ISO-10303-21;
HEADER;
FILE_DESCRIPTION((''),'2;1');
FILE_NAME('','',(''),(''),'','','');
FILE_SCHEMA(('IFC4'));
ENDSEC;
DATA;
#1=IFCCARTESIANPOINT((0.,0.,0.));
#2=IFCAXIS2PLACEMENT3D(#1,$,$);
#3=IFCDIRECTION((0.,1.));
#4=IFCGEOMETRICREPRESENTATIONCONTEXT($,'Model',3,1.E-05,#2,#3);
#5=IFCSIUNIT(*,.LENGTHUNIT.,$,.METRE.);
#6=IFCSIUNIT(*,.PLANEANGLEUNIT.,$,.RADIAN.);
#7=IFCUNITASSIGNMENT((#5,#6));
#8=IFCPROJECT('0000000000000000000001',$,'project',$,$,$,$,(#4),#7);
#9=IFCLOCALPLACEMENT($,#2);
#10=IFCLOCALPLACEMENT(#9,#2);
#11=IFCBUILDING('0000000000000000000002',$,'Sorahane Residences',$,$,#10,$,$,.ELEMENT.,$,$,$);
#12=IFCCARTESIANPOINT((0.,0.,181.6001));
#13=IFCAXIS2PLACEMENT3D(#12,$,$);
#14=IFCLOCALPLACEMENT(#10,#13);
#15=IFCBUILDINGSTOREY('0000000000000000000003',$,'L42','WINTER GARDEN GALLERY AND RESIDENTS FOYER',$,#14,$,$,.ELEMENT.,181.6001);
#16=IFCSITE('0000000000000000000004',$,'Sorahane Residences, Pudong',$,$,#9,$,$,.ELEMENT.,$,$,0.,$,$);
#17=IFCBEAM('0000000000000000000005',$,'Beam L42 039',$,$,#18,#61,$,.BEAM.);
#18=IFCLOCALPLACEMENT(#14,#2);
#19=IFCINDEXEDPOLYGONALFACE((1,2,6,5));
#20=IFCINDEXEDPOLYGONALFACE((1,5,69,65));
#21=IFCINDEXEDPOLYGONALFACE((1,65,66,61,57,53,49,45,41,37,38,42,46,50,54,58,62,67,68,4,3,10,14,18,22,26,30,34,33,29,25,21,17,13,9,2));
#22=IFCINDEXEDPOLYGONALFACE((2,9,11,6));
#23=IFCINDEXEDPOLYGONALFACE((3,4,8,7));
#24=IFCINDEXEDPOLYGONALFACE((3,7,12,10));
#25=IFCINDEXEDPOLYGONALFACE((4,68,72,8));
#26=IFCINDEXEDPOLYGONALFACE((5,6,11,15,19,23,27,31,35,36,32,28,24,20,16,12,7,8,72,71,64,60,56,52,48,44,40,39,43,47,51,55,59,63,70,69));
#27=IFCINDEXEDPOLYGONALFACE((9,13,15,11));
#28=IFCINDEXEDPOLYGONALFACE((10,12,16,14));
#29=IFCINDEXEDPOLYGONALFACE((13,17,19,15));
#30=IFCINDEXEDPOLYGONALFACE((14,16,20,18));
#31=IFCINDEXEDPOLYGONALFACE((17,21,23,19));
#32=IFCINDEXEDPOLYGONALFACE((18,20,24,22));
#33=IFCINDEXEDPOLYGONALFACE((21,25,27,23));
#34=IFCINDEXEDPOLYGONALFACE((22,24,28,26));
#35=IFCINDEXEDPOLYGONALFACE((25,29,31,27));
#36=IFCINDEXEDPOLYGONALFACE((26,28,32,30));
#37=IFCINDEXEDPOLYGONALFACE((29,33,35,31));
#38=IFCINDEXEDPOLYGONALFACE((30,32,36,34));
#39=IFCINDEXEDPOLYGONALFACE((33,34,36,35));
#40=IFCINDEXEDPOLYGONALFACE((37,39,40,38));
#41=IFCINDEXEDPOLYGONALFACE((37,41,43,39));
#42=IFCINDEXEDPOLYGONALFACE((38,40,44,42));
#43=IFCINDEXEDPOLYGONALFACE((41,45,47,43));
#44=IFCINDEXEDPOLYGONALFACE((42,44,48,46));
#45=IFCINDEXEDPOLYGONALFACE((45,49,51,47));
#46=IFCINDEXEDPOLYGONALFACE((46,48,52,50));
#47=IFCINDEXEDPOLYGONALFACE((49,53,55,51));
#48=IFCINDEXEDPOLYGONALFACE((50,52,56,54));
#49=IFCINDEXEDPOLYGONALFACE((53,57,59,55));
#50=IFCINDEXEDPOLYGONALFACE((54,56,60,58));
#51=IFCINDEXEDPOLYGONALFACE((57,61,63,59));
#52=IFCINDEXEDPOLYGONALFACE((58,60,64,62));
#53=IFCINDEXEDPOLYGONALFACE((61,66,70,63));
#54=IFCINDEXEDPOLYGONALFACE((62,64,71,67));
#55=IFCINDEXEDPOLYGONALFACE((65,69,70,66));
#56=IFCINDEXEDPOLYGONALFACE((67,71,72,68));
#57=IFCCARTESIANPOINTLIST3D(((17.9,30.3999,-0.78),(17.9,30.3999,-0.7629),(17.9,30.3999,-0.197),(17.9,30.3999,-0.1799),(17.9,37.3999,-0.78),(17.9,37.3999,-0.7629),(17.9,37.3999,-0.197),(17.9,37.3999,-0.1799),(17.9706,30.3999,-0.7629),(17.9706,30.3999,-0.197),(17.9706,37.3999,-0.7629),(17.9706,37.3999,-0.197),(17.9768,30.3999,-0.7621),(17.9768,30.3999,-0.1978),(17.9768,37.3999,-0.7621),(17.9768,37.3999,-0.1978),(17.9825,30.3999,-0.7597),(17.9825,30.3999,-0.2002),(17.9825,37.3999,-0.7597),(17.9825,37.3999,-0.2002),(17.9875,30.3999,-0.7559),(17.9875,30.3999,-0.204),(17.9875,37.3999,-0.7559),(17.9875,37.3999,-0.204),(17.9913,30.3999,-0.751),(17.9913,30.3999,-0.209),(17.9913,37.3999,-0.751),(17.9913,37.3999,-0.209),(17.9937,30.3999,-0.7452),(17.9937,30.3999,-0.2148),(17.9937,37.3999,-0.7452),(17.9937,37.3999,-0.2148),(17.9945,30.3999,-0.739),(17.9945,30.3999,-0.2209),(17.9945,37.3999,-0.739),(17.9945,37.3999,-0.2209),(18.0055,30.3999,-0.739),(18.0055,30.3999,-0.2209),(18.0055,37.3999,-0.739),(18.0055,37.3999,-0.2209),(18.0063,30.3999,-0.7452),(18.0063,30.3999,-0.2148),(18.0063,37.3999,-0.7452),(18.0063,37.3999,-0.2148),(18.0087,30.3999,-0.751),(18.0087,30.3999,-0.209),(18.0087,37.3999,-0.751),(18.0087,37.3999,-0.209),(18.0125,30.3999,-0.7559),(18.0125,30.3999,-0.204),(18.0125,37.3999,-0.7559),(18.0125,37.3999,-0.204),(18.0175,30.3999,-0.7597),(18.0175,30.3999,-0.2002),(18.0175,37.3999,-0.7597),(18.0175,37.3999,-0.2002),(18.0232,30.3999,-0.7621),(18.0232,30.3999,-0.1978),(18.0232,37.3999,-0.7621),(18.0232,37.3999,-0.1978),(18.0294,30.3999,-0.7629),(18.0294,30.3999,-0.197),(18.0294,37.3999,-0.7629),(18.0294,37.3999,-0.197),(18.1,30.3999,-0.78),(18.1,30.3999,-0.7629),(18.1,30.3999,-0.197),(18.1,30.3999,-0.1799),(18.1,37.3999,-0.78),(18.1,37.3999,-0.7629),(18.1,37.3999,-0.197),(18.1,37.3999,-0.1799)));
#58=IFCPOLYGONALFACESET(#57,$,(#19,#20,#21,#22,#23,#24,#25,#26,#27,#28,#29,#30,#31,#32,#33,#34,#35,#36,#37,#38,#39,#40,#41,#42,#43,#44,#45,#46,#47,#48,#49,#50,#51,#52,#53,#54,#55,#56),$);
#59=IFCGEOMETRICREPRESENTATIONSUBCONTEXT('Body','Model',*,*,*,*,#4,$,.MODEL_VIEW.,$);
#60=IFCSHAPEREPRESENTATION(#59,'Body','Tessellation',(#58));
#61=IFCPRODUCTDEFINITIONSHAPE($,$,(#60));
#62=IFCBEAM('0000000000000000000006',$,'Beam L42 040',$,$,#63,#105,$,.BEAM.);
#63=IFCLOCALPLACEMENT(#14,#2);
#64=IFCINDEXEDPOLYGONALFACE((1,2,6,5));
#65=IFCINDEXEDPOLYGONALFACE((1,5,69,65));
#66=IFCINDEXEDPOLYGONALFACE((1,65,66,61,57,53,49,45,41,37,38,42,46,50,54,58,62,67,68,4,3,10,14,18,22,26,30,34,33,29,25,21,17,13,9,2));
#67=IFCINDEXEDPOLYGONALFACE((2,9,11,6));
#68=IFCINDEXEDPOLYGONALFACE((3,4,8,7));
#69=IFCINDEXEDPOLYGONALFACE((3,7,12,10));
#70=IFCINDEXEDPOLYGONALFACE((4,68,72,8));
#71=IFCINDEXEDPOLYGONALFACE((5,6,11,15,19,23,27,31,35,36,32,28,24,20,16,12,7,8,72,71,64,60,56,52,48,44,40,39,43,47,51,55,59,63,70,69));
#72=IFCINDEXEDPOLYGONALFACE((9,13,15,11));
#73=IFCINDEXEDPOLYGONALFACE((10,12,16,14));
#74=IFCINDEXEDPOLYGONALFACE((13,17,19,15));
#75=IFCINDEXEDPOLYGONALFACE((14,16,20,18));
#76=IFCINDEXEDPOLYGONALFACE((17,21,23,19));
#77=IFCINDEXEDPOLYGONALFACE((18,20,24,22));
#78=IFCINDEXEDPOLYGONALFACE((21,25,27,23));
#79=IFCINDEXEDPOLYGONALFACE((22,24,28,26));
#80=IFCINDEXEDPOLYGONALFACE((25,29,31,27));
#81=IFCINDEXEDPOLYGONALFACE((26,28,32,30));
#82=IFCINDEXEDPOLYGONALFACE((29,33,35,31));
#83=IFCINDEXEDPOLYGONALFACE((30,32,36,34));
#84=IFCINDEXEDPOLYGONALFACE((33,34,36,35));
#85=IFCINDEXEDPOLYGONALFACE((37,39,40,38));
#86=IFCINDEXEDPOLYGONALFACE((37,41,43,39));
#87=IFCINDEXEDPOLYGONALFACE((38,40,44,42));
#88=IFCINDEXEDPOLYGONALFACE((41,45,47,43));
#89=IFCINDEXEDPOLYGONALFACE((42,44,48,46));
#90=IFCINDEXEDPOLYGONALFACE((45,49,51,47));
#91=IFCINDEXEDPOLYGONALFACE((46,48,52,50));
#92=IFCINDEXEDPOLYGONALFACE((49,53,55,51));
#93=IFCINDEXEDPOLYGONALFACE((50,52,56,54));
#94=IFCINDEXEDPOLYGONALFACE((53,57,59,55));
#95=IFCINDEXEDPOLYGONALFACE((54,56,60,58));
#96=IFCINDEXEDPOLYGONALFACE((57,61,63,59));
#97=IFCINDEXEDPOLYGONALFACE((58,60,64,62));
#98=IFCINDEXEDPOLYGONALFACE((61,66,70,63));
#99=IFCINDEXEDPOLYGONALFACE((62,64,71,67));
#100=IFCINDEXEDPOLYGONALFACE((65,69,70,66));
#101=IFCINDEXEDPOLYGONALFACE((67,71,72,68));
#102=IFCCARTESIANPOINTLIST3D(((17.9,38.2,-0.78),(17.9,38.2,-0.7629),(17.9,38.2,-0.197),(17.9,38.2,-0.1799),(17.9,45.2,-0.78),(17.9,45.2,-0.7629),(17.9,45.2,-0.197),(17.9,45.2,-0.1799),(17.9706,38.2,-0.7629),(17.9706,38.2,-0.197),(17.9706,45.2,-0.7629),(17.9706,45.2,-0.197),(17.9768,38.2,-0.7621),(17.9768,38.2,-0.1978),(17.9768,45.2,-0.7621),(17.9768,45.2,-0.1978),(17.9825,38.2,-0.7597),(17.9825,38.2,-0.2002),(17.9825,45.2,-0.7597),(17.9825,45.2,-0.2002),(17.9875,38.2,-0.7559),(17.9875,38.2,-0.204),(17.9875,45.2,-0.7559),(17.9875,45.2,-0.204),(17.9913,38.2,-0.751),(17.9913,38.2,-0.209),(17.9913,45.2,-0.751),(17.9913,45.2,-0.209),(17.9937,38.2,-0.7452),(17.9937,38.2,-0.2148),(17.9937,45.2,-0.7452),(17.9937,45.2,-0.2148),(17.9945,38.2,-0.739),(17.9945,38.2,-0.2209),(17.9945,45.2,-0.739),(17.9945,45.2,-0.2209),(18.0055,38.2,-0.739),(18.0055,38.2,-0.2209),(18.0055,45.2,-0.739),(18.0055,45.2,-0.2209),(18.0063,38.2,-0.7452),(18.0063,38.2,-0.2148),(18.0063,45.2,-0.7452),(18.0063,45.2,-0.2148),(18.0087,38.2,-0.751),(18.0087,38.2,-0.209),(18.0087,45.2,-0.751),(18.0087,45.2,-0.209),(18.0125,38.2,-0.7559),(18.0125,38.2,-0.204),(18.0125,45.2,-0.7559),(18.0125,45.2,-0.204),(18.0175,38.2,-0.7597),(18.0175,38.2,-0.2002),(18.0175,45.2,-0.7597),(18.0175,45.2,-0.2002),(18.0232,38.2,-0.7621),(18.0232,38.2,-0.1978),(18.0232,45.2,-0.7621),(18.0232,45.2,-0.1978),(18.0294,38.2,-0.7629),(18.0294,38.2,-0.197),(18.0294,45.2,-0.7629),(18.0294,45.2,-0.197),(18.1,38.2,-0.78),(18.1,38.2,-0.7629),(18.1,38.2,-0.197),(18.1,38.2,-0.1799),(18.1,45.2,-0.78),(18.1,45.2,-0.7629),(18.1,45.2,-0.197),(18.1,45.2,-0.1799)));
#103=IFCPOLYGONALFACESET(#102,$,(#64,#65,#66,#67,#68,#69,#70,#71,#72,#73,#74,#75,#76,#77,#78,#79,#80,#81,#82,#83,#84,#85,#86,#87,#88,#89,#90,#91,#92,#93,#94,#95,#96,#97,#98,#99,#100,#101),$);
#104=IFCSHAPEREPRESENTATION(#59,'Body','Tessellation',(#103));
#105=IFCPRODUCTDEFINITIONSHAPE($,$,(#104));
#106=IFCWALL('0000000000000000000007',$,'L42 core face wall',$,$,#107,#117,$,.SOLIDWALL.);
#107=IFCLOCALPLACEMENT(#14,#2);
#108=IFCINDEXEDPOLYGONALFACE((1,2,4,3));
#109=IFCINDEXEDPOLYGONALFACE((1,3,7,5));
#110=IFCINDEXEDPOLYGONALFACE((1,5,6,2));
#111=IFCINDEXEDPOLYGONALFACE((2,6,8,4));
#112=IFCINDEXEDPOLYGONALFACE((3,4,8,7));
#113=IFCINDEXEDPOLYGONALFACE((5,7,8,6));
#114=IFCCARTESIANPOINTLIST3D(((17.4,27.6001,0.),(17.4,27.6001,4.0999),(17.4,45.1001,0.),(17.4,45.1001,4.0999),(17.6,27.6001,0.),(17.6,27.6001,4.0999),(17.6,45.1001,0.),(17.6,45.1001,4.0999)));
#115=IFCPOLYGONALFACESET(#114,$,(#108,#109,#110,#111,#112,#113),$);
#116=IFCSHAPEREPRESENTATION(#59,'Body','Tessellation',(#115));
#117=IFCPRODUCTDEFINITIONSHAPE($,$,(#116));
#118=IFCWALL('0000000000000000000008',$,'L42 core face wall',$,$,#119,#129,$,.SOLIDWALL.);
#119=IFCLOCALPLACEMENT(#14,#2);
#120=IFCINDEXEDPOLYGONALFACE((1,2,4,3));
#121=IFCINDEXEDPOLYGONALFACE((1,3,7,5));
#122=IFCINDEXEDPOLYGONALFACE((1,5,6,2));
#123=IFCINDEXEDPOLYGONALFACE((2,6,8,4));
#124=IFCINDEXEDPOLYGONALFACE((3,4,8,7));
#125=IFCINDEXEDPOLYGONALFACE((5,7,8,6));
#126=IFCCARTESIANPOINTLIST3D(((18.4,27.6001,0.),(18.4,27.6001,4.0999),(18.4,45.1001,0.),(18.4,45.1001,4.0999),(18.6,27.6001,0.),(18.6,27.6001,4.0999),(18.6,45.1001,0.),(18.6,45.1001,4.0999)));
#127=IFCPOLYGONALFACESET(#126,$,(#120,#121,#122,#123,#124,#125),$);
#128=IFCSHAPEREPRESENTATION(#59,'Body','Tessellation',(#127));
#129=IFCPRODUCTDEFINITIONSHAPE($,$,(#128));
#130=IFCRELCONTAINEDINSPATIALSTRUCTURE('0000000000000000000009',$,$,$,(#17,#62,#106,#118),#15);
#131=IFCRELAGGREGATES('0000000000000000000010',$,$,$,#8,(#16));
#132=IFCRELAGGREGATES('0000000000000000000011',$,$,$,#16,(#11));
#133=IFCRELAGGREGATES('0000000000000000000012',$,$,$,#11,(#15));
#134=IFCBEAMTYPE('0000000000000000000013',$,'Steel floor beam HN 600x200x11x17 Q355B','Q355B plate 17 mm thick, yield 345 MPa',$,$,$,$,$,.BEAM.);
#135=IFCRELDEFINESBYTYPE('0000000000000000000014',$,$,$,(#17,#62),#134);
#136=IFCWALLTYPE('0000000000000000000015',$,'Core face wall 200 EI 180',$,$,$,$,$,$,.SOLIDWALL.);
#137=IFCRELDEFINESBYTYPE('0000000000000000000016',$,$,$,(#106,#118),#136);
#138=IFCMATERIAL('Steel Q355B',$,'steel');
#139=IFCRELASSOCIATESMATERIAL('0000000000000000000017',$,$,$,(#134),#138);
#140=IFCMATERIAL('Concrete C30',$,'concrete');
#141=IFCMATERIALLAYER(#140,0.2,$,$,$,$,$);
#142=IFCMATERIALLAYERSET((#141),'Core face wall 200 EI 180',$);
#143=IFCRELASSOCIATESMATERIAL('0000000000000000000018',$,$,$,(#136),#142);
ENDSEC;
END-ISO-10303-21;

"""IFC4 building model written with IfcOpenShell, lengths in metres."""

from ifc_helpers import new_model, si_unit, direction, frame, frame_2d, origin, origin_2d, place, context, subcontext, project, spatial, rectangle, i_section, extrude, material, layer, layer_set, material_profile, profile_set, type_object, element, save


model = new_model("IFC4")

# Units and contexts
model_context = context("Model", 3, precision=1e-05, world=origin(), true_north=direction((0.0, 1.0)))
body_context = subcontext(model_context, "Body", "Model", "MODEL_VIEW")
ifc_project = project(units=[si_unit("LENGTHUNIT", "METRE"), si_unit("PLANEANGLEUNIT", "RADIAN")], contexts=[model_context])

# Site, building, storey
site_placement = place(None, origin())
site = spatial("IfcSite", under=ifc_project, at=site_placement, Name="Sorahane Residences, Pudong", CompositionType="ELEMENT", RefElevation=0.0)
building_placement = place(site_placement, origin())
building = spatial("IfcBuilding", under=site, at=building_placement, Name="Sorahane Residences", CompositionType="ELEMENT")
storey_placement = place(building_placement, frame((0.0, 0.0, 181.6001)))
storey = spatial("IfcBuildingStorey", under=building, at=storey_placement, Name="L42", Description="WINTER GARDEN GALLERY AND RESIDENTS FOYER", CompositionType="ELEMENT", Elevation=181.6001)

# Beams
ifc_material_1 = material(Name="Steel Q355B", Category="steel")
ifc_material_profile_1 = material_profile(ifc_material_1, i_section(OverallWidth=0.2, OverallDepth=0.6001, WebThickness=0.011, FlangeThickness=0.0171, FilletRadius=0.0239, at=origin_2d()), Name="HN 600x200x11x17")
ifc_profile_set_1 = profile_set([ifc_material_profile_1], Name="Steel Q355B")
beam_type = type_object("IfcBeamType", Name="Steel floor beam HN 600x200x11x17 Q355B", Description="Q355B plate 17 mm thick, yield 345 MPa", PredefinedType="BEAM", material=ifc_profile_set_1)
for number, where, z_axis, x_axis, name in (
    (1, (18.0, 30.3999, -0.48), (0.0, 1.0, 0.0), (-1.0, 0.0, 0.0), "Beam L42 039"),
    (2, (18.0, 38.2, -0.48), (0.0, 1.0, 0.0), (-1.0, 0.0, 0.0), "Beam L42 040"),
):
    element("IfcBeam", number, at=place(storey_placement, frame(where, z_axis=z_axis, x_axis=x_axis)), inside=storey, type_object=beam_type, Name=name, PredefinedType="BEAM", context=body_context, shape_type="SweptSolid", body=[
        extrude(i_section(OverallWidth=0.2, OverallDepth=0.6001, WebThickness=0.011, FlangeThickness=0.0171, FilletRadius=0.0239, at=origin_2d()), origin(), (0.0, 0.0, 1.0), 7.0),
    ])

# Walls
ifc_material_2 = material(Name="Concrete C30", Category="concrete")
ifc_layer_1 = layer(ifc_material_2, 0.2)
ifc_layer_set_1 = layer_set([ifc_layer_1], Name="Core face wall 200 EI 180")
wall_type_1 = type_object("IfcWallType", Name="Core face wall 200 EI 180", PredefinedType="SOLIDWALL", material=ifc_layer_set_1)
for number, where, z_axis, x_axis, name in (
    (3, (17.5, 27.6001, 0.0), (0.0, 0.0, 1.0), (0.0, 1.0, 0.0), "L42 core face wall"),
    (4, (18.5, 27.6001, 0.0), (0.0, 0.0, 1.0), (0.0, 1.0, 0.0), "L42 core face wall"),
):
    element("IfcWall", number, at=place(storey_placement, frame(where, z_axis=z_axis, x_axis=x_axis)), inside=storey, type_object=wall_type_1, Name=name, PredefinedType="SOLIDWALL", context=body_context, shape_type="SweptSolid", body=[
        extrude(rectangle(XDim=17.5, YDim=0.2, at=frame_2d((8.75, 0.0))), origin(), (0.0, 0.0, 1.0), 4.0999),
    ])

save(model, "model.ifc")
